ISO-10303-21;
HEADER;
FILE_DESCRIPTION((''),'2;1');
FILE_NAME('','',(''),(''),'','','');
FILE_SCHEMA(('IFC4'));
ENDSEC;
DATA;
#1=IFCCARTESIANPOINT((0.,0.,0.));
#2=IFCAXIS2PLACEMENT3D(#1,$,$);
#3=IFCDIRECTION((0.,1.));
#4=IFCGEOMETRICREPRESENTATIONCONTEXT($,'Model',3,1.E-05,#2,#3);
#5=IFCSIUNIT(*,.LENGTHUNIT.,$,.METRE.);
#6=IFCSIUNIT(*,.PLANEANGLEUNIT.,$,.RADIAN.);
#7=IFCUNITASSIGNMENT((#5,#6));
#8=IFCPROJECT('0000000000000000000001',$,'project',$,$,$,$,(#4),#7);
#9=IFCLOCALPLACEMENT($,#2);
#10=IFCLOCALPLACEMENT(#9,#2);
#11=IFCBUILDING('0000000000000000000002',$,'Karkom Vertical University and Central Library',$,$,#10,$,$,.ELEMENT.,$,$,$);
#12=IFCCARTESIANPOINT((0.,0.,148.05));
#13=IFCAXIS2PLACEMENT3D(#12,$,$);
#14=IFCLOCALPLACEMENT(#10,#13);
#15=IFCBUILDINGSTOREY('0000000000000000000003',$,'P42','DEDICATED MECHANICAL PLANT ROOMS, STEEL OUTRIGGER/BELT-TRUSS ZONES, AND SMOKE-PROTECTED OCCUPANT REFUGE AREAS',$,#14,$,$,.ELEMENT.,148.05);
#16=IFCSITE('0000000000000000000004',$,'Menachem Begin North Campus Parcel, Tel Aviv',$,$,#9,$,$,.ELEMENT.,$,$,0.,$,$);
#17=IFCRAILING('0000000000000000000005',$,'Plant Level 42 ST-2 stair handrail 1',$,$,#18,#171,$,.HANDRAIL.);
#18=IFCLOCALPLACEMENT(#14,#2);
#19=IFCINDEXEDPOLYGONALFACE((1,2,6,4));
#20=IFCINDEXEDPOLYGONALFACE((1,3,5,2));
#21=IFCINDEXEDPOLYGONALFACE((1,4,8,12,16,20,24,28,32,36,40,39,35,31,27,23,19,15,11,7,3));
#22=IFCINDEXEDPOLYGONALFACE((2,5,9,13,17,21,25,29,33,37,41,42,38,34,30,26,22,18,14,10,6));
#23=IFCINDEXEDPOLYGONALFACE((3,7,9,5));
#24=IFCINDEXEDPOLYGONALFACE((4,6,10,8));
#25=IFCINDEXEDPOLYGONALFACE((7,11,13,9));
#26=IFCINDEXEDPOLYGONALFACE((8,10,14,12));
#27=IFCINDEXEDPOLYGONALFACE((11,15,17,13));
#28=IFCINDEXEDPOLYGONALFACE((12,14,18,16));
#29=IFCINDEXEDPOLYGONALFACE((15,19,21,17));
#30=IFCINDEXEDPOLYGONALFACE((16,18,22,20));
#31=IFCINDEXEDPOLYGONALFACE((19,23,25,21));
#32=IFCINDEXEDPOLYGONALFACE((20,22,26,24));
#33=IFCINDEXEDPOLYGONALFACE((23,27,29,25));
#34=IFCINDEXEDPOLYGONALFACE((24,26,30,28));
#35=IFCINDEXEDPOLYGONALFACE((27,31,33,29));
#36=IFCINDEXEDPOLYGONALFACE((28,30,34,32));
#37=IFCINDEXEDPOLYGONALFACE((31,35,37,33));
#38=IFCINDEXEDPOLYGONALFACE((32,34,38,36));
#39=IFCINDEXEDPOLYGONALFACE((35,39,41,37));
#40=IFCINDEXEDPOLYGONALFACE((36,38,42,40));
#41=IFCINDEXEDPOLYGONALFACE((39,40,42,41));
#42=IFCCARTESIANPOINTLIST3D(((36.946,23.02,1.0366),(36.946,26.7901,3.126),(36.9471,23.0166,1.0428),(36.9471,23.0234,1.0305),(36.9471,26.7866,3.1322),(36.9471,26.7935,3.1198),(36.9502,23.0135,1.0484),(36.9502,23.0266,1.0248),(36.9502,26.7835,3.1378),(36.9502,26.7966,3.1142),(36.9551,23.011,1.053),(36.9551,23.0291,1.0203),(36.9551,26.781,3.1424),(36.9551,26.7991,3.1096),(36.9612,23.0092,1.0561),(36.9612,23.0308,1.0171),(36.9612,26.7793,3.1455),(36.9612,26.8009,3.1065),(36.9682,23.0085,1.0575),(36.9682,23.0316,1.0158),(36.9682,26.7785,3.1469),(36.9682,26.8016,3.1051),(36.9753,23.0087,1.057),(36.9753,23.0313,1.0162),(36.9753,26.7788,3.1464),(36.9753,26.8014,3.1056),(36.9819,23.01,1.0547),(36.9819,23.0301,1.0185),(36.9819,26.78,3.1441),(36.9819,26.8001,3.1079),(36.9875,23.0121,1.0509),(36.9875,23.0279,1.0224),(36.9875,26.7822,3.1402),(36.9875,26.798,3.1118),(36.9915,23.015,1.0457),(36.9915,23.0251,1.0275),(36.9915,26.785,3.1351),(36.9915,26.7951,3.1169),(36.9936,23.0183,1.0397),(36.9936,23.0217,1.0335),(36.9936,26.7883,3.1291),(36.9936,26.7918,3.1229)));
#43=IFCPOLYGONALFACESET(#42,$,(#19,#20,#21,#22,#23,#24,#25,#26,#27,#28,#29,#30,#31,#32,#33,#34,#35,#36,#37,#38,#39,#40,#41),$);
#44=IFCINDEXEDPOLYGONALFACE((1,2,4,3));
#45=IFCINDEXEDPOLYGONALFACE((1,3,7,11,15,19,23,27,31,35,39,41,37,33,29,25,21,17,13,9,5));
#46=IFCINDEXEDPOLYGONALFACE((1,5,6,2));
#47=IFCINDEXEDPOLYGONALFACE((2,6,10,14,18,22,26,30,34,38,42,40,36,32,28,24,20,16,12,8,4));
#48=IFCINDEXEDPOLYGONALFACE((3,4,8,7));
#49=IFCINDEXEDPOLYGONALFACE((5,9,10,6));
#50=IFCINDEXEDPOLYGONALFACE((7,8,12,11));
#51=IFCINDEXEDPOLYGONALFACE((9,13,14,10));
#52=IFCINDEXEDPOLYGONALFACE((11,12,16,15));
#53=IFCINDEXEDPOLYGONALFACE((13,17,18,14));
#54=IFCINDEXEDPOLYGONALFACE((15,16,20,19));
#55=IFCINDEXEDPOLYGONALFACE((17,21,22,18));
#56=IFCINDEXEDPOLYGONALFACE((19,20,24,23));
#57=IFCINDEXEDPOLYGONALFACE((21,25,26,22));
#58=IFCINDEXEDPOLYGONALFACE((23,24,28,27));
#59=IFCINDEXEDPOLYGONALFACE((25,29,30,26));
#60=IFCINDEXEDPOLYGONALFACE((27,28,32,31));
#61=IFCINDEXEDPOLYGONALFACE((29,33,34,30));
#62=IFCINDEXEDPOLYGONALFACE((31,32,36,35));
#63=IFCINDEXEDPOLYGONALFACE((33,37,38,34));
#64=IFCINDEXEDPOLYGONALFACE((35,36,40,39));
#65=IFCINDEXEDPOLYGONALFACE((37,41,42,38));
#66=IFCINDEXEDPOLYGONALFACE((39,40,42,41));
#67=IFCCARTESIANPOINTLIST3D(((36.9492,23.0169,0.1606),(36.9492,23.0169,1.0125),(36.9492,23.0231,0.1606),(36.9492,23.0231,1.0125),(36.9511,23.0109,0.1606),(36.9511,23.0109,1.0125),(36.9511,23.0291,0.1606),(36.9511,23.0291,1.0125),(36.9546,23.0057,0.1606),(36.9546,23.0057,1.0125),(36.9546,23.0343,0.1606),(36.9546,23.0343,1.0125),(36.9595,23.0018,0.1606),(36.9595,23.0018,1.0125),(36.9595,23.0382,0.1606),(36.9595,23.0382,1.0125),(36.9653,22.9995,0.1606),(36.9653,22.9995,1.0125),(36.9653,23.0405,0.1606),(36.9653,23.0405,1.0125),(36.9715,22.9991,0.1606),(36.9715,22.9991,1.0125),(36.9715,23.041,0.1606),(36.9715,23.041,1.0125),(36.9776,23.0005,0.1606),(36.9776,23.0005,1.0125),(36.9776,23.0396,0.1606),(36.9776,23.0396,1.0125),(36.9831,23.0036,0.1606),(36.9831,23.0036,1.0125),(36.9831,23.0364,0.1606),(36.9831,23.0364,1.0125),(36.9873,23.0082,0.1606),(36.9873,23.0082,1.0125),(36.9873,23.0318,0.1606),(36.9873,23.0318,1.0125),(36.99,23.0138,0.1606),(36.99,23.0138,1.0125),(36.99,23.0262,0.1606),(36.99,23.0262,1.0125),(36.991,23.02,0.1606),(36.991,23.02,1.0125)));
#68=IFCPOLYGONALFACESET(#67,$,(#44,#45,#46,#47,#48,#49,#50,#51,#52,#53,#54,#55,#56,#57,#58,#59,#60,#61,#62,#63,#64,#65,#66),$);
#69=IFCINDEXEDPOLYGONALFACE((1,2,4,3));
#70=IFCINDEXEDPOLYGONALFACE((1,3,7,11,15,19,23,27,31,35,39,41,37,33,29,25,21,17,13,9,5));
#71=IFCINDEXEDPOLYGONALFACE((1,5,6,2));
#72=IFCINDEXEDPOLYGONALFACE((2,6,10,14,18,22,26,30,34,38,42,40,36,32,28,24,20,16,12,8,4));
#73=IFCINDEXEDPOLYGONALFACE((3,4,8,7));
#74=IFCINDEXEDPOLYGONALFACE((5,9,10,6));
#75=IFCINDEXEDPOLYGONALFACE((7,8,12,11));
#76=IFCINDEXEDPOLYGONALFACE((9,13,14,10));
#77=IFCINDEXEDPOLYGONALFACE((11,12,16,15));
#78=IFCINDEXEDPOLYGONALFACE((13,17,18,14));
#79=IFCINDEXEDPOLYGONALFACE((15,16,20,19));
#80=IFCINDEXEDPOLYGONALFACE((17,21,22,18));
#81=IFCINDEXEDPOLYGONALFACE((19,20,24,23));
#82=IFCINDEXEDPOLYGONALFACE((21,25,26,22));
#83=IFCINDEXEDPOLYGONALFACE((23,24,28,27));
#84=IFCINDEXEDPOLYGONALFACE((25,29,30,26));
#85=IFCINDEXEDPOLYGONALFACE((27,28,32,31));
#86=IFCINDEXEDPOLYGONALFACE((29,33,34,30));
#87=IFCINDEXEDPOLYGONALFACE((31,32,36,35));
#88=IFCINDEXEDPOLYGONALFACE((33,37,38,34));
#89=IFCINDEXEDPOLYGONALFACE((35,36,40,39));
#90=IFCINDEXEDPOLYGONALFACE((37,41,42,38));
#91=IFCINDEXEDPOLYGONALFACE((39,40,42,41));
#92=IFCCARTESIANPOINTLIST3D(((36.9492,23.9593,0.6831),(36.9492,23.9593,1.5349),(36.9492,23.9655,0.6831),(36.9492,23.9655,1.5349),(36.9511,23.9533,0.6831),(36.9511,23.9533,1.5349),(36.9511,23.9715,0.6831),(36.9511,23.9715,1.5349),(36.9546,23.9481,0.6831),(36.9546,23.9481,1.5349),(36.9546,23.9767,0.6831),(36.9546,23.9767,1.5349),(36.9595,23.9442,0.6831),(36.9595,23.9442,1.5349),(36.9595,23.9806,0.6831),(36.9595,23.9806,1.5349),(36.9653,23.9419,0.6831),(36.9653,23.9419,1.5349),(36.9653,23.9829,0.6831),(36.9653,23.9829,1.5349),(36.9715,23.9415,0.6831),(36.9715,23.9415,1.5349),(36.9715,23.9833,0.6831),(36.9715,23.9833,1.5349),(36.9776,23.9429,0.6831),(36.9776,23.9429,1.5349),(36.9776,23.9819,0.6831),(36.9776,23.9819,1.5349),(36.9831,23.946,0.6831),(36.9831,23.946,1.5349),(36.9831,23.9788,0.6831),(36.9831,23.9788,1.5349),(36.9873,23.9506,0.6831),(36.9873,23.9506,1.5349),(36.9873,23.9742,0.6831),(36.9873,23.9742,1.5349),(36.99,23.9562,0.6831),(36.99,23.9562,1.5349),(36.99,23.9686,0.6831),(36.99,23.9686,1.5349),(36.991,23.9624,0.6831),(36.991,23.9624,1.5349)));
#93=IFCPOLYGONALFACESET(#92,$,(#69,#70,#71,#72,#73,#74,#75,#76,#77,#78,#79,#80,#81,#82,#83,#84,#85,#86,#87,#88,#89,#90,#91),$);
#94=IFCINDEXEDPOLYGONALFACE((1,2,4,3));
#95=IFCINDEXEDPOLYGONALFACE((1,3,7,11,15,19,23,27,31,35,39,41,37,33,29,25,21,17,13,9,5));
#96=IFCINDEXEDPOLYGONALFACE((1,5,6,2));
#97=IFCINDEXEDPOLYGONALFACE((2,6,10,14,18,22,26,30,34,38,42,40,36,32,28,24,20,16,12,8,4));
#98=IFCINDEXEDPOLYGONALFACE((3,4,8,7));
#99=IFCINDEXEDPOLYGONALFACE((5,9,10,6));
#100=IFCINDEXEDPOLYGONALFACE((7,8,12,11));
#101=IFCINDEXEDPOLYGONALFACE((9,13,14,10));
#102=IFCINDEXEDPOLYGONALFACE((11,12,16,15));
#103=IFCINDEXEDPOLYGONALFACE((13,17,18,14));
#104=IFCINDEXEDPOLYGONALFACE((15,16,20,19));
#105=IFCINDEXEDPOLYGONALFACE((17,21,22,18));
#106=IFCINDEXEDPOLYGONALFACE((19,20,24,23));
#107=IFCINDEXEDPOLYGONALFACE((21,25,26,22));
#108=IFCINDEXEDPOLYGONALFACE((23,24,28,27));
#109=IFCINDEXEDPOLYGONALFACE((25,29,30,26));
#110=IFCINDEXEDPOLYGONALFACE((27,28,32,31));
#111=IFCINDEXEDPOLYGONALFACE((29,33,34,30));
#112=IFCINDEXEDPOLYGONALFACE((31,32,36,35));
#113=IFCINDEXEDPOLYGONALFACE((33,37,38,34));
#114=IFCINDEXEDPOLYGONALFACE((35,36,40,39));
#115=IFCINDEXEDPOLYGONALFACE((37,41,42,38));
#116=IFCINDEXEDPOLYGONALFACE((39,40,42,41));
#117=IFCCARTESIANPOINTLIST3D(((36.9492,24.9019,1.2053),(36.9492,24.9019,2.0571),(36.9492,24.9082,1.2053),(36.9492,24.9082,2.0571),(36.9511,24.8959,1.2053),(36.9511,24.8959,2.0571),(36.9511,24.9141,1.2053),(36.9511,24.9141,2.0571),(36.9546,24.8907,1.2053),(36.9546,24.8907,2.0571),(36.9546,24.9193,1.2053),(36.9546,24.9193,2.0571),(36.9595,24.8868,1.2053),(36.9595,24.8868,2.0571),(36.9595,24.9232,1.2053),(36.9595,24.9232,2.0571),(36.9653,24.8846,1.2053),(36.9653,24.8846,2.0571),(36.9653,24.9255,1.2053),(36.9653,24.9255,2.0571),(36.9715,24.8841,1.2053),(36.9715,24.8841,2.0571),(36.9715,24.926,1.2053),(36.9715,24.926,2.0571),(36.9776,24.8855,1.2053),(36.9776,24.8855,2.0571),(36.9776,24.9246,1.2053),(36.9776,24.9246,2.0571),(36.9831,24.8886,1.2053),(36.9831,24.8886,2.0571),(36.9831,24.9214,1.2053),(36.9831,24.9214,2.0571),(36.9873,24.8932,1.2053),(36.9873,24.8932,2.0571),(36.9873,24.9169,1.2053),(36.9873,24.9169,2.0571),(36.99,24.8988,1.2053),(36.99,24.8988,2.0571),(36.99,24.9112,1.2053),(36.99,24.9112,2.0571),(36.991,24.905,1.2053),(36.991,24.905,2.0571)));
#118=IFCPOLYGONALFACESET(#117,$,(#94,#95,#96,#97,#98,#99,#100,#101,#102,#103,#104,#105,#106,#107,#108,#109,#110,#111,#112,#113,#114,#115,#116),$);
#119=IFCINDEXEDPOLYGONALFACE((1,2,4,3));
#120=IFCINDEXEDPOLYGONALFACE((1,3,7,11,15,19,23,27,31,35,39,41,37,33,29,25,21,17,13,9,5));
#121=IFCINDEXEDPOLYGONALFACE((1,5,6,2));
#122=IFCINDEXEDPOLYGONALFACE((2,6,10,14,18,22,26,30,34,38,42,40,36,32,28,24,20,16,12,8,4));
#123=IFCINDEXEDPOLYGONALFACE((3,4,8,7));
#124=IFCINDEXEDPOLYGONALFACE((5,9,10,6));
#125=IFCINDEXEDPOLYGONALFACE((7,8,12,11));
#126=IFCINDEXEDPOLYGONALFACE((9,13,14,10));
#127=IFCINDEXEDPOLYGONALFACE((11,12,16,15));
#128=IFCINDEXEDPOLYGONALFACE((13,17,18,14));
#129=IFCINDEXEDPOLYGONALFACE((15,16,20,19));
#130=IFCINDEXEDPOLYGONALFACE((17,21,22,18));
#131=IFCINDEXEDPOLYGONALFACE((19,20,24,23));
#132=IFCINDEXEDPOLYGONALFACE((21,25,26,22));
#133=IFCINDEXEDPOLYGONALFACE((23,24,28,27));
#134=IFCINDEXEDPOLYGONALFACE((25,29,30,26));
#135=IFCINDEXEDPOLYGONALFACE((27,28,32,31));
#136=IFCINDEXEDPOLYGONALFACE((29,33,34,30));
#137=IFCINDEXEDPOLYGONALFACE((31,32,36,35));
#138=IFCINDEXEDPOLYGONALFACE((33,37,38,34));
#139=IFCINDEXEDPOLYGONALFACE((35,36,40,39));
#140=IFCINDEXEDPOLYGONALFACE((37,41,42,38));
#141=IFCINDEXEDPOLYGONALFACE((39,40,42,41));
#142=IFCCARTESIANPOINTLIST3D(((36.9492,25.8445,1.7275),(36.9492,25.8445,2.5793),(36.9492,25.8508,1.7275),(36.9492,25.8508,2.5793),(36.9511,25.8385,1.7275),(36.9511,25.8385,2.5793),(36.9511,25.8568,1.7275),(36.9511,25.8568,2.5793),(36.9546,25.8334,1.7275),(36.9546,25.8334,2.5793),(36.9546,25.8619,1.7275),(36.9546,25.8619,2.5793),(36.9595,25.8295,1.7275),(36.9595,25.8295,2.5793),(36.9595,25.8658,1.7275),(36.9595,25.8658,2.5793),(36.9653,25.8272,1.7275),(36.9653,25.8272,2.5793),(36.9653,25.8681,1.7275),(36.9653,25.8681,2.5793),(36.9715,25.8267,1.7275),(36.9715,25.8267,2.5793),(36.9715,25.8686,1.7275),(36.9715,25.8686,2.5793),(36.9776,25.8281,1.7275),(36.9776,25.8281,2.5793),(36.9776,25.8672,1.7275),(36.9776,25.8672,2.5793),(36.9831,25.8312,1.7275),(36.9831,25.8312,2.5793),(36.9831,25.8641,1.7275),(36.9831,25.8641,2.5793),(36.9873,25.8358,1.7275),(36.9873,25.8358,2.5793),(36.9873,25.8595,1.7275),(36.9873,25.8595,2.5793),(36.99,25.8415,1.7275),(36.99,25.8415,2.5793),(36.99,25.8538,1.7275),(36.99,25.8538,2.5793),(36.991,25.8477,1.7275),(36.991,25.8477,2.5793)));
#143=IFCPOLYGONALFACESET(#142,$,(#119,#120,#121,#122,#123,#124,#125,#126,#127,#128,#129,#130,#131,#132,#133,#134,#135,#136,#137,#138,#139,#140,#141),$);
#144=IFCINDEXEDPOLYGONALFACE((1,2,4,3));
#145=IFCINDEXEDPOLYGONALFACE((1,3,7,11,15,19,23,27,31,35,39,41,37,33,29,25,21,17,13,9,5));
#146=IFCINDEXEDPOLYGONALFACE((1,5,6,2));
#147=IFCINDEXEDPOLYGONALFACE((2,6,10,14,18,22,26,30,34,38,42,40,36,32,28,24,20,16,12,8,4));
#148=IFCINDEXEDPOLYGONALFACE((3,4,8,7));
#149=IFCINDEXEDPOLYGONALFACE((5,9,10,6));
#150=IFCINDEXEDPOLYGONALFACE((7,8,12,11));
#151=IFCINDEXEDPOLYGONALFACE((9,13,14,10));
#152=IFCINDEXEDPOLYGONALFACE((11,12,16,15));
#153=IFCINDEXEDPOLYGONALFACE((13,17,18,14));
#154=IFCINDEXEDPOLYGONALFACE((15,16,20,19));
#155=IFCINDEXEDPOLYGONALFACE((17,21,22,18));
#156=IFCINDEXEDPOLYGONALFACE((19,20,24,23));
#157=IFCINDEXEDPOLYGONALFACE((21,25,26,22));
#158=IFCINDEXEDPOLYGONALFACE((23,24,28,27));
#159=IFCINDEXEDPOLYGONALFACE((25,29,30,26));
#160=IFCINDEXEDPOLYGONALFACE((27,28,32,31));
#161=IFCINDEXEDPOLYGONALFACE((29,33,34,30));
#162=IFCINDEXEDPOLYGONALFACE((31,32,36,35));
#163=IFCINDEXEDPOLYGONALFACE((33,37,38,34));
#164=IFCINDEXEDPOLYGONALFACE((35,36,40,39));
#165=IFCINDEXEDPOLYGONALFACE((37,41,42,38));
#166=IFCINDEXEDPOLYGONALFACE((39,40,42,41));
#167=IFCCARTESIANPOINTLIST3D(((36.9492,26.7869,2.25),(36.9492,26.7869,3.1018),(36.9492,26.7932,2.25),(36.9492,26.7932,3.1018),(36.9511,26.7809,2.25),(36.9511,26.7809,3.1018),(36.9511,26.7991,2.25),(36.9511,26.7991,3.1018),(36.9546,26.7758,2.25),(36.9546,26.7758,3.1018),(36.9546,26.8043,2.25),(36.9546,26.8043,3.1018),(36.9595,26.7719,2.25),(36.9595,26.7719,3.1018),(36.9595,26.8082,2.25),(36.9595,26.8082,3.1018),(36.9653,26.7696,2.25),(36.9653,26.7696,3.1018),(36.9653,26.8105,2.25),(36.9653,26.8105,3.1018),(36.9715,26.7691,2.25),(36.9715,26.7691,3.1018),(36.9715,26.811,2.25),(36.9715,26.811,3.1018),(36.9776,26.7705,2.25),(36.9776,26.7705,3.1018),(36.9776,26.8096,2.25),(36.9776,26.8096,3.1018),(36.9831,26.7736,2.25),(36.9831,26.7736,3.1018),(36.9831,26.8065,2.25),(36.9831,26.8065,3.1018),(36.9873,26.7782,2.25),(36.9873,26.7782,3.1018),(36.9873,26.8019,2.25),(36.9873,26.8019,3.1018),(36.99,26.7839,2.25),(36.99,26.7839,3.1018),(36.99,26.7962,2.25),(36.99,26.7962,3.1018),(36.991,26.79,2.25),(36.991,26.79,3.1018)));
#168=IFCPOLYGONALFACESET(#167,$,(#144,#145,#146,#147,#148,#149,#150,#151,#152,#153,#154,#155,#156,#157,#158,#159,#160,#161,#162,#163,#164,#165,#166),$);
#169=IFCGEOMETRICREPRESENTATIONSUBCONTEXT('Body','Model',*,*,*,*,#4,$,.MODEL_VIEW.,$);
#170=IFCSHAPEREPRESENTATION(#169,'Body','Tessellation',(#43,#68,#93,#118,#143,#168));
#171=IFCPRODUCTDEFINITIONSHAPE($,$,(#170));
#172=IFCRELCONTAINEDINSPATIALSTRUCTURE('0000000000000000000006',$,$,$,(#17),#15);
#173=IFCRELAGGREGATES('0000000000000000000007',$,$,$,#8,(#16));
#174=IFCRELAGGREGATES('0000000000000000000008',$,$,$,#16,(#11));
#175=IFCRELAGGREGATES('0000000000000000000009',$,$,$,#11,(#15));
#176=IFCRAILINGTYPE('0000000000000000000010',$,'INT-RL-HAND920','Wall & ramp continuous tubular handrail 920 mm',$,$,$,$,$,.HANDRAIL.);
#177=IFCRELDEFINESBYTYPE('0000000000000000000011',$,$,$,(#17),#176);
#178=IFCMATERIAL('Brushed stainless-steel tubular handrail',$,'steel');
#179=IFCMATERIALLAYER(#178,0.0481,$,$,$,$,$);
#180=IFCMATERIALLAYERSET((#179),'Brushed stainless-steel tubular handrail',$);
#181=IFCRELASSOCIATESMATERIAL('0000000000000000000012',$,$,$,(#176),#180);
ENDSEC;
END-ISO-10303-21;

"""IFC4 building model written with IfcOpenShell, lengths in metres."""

from ifc_helpers import new_model, si_unit, direction, frame, origin, origin_2d, place, context, subcontext, project, spatial, circle, extrude, material, layer, layer_set, type_object, element, save


model = new_model("IFC4")

# Units and contexts
model_context = context("Model", 3, precision=1e-05, world=origin(), true_north=direction((0.0, 1.0)))
body_context = subcontext(model_context, "Body", "Model", "MODEL_VIEW")
ifc_project = project(units=[si_unit("LENGTHUNIT", "METRE"), si_unit("PLANEANGLEUNIT", "RADIAN")], contexts=[model_context])

# Site, building, storey
site_placement = place(None, origin())
site = spatial("IfcSite", under=ifc_project, at=site_placement, Name="Menachem Begin North Campus Parcel, Tel Aviv", CompositionType="ELEMENT", RefElevation=0.0)
building_placement = place(site_placement, origin())
building = spatial("IfcBuilding", under=site, at=building_placement, Name="Karkom Vertical University and Central Library", CompositionType="ELEMENT")
storey_placement = place(building_placement, frame((0.0, 0.0, 148.05)))
storey = spatial("IfcBuildingStorey", under=building, at=storey_placement, Name="P42", Description="DEDICATED MECHANICAL PLANT ROOMS, STEEL OUTRIGGER/BELT-TRUSS ZONES, AND SMOKE-PROTECTED OCCUPANT REFUGE AREAS", CompositionType="ELEMENT", Elevation=148.05)

# Railing
ifc_material_1 = material(Name="Brushed stainless-steel tubular handrail", Category="steel")
ifc_layer_1 = layer(ifc_material_1, 0.0481)
ifc_layer_set_1 = layer_set([ifc_layer_1], Name="Brushed stainless-steel tubular handrail")
railing_type_1 = type_object("IfcRailingType", Name="INT-RL-HAND920", Description="Wall & ramp continuous tubular handrail 920 mm", PredefinedType="HANDRAIL", material=ifc_layer_set_1)
railing_1_placement = place(storey_placement, frame((36.97, 23.02, 0.1606)))
element("IfcRailing", 1, at=railing_1_placement, inside=storey, type_object=railing_type_1, Name="Plant Level 42 ST-2 stair handrail 1", PredefinedType="HANDRAIL", context=body_context, shape_type="SweptSolid", body=[
    extrude(circle(Radius=0.0239, at=origin_2d()), frame((0.0, 0.0, 0.876), z_axis=(0.0, 0.874659, 0.484739), x_axis=(-1.0, 0.0, 0.0)), (0.0, 0.0, 1.0), 4.3103),
    extrude(circle(Radius=0.021, at=origin_2d()), origin(), (0.0, 0.0, 1.0), 0.8518),
    extrude(circle(Radius=0.021, at=origin_2d()), frame((0.0, 0.9424, 0.5225)), (0.0, 0.0, 1.0), 0.8518),
    extrude(circle(Radius=0.021, at=origin_2d()), frame((0.0, 1.885, 1.0447)), (0.0, 0.0, 1.0), 0.8518),
    extrude(circle(Radius=0.021, at=origin_2d()), frame((0.0, 2.8276, 1.5669)), (0.0, 0.0, 1.0), 0.8518),
    extrude(circle(Radius=0.021, at=origin_2d()), frame((0.0, 3.77, 2.0894)), (0.0, 0.0, 1.0), 0.8518),
])

save(model, "model.ifc")
